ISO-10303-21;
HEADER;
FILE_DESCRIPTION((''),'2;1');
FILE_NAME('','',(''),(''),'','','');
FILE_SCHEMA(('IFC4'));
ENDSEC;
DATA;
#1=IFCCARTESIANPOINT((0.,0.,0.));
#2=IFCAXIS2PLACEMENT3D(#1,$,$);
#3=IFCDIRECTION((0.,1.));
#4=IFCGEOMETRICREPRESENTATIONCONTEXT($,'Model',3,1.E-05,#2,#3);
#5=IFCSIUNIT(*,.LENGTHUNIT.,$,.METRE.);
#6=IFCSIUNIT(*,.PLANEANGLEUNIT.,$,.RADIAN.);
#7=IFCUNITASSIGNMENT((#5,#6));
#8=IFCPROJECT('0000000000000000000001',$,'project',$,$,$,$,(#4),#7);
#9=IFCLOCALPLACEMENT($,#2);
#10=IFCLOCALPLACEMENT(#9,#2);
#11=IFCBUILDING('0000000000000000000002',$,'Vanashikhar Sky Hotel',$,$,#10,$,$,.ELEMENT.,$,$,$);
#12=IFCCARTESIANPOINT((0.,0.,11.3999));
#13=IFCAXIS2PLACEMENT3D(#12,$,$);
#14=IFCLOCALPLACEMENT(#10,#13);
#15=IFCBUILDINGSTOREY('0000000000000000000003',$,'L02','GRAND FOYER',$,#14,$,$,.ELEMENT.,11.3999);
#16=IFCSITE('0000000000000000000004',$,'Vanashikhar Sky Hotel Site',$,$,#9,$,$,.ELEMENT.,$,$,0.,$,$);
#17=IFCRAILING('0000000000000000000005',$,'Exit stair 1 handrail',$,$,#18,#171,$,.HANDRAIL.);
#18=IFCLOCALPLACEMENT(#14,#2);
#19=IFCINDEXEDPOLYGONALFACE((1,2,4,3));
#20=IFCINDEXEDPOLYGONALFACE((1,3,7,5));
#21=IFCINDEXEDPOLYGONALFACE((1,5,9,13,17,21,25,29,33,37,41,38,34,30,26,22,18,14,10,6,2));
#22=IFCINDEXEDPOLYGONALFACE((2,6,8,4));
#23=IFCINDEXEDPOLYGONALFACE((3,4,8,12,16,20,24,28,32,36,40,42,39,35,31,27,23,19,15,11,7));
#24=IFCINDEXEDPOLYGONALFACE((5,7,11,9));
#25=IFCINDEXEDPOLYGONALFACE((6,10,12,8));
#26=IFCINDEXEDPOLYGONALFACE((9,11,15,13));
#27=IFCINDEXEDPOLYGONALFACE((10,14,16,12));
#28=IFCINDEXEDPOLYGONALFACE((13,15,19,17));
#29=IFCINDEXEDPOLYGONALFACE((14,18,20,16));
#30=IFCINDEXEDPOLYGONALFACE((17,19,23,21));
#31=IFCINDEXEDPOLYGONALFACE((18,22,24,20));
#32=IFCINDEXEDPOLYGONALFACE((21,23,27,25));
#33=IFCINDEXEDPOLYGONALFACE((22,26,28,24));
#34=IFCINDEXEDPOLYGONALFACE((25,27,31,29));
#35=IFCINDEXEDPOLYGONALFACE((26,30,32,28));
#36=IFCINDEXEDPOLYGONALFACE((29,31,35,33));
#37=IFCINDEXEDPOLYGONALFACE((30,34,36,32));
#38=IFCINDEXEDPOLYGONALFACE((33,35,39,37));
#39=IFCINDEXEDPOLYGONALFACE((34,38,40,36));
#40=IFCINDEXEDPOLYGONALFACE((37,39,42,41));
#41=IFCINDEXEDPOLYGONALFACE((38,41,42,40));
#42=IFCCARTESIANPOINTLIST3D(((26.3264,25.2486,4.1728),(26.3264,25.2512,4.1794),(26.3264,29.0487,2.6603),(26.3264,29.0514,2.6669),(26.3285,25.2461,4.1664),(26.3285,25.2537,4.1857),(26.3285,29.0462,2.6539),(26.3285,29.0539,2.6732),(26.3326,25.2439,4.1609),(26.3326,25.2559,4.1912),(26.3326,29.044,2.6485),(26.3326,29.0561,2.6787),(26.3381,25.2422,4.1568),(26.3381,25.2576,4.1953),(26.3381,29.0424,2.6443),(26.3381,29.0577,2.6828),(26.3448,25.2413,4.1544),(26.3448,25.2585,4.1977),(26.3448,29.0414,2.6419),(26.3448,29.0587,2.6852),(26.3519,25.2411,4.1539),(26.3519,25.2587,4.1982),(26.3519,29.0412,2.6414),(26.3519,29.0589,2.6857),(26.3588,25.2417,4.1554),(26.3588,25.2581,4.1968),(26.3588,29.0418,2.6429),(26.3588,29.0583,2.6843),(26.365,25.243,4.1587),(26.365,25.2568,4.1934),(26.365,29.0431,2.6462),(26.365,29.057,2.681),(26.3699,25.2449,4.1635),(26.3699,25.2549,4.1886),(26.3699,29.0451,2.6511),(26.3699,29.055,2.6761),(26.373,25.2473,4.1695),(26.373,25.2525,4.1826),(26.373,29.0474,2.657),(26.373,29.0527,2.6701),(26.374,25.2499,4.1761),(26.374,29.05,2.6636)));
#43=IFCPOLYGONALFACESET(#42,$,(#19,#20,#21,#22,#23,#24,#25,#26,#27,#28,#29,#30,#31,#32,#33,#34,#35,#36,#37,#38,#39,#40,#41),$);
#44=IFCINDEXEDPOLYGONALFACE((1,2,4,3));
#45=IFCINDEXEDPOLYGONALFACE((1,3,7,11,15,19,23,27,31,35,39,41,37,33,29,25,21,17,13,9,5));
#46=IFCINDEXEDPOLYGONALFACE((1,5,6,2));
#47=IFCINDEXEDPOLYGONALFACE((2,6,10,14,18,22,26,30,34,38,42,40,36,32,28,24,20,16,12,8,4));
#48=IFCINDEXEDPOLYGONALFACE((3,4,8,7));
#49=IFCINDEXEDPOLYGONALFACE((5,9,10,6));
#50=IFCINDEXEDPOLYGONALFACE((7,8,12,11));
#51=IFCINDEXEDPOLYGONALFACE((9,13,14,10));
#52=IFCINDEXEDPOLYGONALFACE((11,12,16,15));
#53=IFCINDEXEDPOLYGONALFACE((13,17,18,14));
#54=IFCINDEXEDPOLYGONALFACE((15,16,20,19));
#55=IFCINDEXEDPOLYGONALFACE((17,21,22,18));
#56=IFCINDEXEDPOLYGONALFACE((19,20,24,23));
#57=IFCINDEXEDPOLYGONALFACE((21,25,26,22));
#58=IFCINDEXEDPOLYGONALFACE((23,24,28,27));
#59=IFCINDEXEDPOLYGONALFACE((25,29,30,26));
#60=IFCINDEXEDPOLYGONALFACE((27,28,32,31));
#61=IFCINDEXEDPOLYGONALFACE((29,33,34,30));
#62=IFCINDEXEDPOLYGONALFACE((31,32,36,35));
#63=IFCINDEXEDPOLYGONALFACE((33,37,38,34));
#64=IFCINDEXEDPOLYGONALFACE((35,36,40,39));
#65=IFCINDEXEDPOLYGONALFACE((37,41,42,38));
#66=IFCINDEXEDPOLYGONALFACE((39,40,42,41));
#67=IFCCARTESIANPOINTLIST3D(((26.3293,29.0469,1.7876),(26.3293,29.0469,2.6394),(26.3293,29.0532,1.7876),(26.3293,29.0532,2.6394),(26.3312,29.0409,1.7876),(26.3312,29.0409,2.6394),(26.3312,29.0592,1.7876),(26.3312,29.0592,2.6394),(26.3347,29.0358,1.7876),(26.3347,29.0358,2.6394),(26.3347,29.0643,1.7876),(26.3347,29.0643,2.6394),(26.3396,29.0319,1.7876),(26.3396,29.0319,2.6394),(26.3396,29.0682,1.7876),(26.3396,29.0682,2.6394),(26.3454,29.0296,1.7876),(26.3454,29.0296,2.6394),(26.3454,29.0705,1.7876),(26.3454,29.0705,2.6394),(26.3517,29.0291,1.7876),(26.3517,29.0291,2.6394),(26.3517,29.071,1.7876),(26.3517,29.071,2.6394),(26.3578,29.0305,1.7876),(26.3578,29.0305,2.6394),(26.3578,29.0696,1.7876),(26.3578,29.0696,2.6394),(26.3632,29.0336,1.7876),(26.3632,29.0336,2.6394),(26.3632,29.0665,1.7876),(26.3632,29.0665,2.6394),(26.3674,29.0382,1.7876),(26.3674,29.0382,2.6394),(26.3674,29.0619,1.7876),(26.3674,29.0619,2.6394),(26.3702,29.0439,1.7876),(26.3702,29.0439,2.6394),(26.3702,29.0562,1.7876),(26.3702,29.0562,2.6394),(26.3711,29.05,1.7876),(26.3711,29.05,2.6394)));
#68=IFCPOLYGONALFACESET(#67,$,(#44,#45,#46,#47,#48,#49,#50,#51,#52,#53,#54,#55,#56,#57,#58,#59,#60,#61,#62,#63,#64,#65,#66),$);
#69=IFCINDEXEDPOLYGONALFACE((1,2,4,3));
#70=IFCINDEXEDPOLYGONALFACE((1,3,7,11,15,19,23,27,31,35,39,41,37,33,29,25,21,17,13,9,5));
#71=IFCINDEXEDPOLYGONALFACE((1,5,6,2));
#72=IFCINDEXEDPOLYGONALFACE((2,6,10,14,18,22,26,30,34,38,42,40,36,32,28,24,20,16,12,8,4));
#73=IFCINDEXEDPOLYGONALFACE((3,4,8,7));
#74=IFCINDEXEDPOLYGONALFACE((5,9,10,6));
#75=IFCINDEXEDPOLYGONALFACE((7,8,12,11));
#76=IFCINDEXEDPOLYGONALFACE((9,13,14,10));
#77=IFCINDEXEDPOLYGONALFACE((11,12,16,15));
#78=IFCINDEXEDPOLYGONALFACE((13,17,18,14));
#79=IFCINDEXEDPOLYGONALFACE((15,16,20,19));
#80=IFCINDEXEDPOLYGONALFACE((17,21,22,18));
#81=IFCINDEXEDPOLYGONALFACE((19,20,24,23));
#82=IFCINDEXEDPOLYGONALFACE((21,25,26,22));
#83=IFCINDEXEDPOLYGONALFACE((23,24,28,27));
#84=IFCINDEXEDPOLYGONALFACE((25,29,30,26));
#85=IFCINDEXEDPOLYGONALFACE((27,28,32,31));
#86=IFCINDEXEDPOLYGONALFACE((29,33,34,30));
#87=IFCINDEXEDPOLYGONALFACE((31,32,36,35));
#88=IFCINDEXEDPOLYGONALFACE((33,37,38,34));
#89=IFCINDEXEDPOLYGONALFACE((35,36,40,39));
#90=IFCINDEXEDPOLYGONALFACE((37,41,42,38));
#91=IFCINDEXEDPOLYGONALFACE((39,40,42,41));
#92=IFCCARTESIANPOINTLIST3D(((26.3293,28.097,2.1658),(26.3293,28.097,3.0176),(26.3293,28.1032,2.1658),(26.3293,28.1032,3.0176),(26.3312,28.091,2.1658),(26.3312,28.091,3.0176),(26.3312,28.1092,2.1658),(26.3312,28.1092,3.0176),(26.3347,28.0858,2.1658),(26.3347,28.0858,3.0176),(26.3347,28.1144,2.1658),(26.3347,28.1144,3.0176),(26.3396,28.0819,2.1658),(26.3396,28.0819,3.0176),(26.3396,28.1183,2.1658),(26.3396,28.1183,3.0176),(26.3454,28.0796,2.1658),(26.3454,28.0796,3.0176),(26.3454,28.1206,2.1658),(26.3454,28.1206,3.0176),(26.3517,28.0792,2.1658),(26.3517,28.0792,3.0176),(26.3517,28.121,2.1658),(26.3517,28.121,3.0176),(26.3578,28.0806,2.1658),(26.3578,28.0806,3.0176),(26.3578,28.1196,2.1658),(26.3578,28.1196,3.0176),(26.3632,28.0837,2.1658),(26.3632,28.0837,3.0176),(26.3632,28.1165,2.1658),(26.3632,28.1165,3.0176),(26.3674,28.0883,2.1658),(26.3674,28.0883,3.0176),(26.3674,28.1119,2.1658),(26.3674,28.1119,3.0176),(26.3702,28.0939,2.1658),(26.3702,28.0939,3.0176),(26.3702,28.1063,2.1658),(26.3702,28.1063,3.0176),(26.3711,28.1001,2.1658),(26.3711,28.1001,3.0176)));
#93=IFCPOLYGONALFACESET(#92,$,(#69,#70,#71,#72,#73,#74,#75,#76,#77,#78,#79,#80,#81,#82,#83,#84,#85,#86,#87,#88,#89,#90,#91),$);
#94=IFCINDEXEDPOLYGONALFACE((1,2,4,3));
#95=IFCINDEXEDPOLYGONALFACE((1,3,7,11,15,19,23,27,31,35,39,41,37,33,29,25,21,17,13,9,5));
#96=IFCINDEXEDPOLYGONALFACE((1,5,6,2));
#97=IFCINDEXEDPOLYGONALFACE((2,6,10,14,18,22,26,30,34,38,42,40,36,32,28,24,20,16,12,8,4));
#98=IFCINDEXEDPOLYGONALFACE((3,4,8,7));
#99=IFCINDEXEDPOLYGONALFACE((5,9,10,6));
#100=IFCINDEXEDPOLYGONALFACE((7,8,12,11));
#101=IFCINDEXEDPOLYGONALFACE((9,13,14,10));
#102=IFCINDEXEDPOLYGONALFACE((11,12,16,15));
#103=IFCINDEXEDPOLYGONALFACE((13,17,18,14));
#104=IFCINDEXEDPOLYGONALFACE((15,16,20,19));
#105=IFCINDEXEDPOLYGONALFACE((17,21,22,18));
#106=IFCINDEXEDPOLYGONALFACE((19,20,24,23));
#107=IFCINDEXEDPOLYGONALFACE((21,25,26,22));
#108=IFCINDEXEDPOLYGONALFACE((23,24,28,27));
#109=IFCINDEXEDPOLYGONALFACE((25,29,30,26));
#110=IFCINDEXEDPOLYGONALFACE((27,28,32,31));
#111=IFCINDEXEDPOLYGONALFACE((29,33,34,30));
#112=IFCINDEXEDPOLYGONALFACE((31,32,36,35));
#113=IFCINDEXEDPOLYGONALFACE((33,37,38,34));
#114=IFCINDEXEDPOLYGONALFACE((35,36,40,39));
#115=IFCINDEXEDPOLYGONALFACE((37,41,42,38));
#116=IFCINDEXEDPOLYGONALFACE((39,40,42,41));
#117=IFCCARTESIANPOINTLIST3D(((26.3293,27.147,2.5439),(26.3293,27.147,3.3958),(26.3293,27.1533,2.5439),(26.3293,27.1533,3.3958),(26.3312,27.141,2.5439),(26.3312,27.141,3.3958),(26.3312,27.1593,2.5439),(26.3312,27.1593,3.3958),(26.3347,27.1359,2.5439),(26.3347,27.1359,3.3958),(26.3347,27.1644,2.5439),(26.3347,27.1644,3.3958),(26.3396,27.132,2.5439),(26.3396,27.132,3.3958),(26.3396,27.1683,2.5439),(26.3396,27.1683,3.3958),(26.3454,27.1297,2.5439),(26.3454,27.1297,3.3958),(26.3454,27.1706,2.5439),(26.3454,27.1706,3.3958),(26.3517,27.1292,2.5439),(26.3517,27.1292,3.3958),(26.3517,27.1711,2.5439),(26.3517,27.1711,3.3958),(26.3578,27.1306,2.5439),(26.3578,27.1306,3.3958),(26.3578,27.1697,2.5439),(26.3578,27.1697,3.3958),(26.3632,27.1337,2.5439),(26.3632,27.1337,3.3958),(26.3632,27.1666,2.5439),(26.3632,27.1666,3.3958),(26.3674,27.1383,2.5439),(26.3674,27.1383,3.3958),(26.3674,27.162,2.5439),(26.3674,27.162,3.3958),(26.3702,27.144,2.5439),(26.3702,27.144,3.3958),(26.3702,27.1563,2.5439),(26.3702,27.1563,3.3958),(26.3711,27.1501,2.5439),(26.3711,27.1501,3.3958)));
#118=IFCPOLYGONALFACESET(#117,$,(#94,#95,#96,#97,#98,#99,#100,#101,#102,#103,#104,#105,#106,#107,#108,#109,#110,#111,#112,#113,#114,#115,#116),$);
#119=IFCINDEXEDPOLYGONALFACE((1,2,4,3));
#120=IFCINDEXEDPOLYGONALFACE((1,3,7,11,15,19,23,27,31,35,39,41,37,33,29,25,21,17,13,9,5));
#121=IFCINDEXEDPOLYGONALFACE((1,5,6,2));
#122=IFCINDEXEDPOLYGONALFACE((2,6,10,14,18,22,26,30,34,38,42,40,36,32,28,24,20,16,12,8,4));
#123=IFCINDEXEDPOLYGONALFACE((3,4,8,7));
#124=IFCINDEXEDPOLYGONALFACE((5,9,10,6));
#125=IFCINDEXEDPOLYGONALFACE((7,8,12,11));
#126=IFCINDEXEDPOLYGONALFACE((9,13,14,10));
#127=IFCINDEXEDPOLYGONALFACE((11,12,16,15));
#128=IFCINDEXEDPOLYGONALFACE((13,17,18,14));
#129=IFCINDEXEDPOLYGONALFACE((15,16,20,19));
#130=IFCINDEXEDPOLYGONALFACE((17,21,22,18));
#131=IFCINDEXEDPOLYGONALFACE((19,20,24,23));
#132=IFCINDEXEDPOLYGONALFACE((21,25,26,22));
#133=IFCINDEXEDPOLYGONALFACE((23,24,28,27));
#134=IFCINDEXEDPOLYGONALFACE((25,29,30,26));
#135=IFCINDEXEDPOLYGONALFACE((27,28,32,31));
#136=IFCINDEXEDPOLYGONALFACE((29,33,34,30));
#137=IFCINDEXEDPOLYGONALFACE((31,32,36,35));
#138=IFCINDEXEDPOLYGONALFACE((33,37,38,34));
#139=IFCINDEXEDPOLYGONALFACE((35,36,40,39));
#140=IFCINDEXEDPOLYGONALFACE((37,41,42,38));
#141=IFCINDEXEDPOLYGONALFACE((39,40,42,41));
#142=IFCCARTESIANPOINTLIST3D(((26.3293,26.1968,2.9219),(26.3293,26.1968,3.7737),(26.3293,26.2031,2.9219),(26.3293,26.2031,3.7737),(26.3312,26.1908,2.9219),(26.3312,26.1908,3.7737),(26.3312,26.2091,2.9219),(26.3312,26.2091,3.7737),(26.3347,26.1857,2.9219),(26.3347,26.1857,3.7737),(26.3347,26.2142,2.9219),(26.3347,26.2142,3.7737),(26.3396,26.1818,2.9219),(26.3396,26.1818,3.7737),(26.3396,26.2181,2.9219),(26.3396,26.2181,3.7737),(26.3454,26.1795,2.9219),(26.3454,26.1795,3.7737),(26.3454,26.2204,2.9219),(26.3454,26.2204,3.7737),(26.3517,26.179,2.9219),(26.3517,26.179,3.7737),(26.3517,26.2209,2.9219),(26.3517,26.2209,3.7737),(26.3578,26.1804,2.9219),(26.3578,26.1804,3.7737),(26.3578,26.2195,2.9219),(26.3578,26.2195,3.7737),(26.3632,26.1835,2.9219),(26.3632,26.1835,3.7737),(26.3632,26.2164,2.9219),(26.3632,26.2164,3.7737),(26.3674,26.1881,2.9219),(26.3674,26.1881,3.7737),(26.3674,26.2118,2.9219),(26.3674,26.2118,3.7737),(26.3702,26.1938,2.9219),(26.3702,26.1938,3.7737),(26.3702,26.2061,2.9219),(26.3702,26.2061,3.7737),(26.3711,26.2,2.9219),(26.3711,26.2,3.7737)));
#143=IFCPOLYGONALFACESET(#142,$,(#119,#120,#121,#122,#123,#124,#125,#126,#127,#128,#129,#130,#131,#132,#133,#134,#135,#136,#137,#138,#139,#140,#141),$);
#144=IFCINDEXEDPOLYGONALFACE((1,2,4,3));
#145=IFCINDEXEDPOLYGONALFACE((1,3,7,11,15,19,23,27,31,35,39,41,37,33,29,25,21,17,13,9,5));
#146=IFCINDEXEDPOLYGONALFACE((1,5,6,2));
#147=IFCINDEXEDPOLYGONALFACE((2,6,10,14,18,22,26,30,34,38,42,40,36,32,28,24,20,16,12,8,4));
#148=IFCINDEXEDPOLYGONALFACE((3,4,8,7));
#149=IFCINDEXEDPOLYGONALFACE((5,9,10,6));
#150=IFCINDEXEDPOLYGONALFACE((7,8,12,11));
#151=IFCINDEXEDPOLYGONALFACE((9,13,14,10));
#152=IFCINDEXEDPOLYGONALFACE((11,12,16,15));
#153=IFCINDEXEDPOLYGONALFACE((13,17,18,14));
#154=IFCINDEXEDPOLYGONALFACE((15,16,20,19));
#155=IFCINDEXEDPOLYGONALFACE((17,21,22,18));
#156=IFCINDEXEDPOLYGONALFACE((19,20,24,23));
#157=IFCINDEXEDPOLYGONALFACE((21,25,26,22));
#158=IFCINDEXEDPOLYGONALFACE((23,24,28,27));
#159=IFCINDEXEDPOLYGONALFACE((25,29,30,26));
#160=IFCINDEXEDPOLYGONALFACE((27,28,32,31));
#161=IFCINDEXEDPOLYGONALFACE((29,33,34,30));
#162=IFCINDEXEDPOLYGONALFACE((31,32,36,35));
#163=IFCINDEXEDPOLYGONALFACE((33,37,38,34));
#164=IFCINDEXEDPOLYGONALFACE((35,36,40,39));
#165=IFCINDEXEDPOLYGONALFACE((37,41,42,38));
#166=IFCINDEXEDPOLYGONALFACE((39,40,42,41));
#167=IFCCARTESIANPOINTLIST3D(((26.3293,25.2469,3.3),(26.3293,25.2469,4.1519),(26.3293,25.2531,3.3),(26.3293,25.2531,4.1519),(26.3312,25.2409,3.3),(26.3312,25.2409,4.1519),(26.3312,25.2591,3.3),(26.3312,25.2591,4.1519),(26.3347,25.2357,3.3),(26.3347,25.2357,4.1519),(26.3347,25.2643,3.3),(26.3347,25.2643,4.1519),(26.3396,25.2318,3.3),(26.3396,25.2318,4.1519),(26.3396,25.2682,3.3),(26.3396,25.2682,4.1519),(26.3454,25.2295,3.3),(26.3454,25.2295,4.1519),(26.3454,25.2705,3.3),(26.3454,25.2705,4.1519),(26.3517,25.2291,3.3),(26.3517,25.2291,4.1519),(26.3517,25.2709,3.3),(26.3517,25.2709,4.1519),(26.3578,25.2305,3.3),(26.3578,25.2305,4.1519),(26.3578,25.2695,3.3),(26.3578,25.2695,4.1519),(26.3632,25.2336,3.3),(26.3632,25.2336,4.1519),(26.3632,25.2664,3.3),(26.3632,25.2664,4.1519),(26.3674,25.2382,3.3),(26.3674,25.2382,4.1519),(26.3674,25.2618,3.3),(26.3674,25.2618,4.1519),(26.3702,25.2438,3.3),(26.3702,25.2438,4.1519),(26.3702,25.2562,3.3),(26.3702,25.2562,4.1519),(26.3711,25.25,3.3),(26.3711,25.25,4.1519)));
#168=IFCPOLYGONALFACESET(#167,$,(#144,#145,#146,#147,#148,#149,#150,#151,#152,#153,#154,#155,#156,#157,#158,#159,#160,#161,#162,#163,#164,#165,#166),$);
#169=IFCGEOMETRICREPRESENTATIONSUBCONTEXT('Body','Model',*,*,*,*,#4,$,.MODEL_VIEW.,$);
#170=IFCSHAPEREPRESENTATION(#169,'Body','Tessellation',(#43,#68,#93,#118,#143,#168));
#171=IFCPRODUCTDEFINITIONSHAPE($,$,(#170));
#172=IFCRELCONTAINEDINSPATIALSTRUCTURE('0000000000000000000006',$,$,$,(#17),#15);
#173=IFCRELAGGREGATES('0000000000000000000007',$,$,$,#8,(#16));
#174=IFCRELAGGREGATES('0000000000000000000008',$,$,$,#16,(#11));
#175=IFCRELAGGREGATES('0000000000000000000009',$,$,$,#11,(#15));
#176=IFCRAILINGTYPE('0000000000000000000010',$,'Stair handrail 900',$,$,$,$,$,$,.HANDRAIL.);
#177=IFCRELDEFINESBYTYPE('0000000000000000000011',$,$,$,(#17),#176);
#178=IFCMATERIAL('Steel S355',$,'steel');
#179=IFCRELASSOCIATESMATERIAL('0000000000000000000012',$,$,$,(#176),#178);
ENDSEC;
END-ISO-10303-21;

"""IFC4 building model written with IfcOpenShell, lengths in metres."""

from ifc_helpers import new_model, si_unit, direction, frame, origin, origin_2d, place, context, subcontext, project, spatial, circle, extrude, source, transform, mapped, material, type_object, element, save


model = new_model("IFC4")

# Units and contexts
model_context = context("Model", 3, precision=1e-05, world=origin(), true_north=direction((0.0, 1.0)))
body_context = subcontext(model_context, "Body", "Model", "MODEL_VIEW")
ifc_project = project(units=[si_unit("LENGTHUNIT", "METRE"), si_unit("PLANEANGLEUNIT", "RADIAN")], contexts=[model_context])

# Site, building, storey
site_placement = place(None, origin())
site = spatial("IfcSite", under=ifc_project, at=site_placement, Name="Vanashikhar Sky Hotel Site", CompositionType="ELEMENT", RefElevation=0.0)
building_placement = place(site_placement, origin())
building = spatial("IfcBuilding", under=site, at=building_placement, Name="Vanashikhar Sky Hotel", CompositionType="ELEMENT")
storey_placement = place(building_placement, frame((0.0, 0.0, 11.3999)))
storey = spatial("IfcBuildingStorey", under=building, at=storey_placement, Name="L02", Description="GRAND FOYER", CompositionType="ELEMENT", Elevation=11.3999)

# Railing
ifc_material_1 = material(Name="Steel S355", Category="steel")
railing_type = type_object("IfcRailingType", Name="Stair handrail 900", PredefinedType="HANDRAIL", material=ifc_material_1)
shared_shape_1 = source(origin(), body_context, "Body", "SweptSolid", [
    extrude(circle(Radius=0.0239, at=origin_2d()), frame((0.0, 0.0, 0.876), z_axis=(0.0, -0.929113, 0.369795), x_axis=(1.0, 0.0, 0.0)), (0.0, 0.0, 1.0), 4.0901),
    extrude(circle(Radius=0.021, at=origin_2d()), origin(), (0.0, 0.0, 1.0), 0.8518),
    extrude(circle(Radius=0.021, at=origin_2d()), frame((0.0, -0.95, 0.3782)), (0.0, 0.0, 1.0), 0.8518),
    extrude(circle(Radius=0.021, at=origin_2d()), frame((0.0, -1.8999, 0.7563)), (0.0, 0.0, 1.0), 0.8518),
    extrude(circle(Radius=0.021, at=origin_2d()), frame((0.0, -2.8501, 1.1343)), (0.0, 0.0, 1.0), 0.8518),
    extrude(circle(Radius=0.021, at=origin_2d()), frame((0.0, -3.8, 1.5125)), (0.0, 0.0, 1.0), 0.8518),
])
for number, where, name in (
    (1, (26.3501, 29.05, 1.7876), "Exit stair 1 handrail"),
):
    element("IfcRailing", number, at=place(storey_placement, frame(where)), inside=storey, type_object=railing_type, Name=name, PredefinedType="HANDRAIL", context=body_context, shape_type="MappedRepresentation", body=[
        mapped(shared_shape_1, transform((0.0, 0.0, 0.0), scale=1.0)),
    ])

save(model, "model.ifc")
